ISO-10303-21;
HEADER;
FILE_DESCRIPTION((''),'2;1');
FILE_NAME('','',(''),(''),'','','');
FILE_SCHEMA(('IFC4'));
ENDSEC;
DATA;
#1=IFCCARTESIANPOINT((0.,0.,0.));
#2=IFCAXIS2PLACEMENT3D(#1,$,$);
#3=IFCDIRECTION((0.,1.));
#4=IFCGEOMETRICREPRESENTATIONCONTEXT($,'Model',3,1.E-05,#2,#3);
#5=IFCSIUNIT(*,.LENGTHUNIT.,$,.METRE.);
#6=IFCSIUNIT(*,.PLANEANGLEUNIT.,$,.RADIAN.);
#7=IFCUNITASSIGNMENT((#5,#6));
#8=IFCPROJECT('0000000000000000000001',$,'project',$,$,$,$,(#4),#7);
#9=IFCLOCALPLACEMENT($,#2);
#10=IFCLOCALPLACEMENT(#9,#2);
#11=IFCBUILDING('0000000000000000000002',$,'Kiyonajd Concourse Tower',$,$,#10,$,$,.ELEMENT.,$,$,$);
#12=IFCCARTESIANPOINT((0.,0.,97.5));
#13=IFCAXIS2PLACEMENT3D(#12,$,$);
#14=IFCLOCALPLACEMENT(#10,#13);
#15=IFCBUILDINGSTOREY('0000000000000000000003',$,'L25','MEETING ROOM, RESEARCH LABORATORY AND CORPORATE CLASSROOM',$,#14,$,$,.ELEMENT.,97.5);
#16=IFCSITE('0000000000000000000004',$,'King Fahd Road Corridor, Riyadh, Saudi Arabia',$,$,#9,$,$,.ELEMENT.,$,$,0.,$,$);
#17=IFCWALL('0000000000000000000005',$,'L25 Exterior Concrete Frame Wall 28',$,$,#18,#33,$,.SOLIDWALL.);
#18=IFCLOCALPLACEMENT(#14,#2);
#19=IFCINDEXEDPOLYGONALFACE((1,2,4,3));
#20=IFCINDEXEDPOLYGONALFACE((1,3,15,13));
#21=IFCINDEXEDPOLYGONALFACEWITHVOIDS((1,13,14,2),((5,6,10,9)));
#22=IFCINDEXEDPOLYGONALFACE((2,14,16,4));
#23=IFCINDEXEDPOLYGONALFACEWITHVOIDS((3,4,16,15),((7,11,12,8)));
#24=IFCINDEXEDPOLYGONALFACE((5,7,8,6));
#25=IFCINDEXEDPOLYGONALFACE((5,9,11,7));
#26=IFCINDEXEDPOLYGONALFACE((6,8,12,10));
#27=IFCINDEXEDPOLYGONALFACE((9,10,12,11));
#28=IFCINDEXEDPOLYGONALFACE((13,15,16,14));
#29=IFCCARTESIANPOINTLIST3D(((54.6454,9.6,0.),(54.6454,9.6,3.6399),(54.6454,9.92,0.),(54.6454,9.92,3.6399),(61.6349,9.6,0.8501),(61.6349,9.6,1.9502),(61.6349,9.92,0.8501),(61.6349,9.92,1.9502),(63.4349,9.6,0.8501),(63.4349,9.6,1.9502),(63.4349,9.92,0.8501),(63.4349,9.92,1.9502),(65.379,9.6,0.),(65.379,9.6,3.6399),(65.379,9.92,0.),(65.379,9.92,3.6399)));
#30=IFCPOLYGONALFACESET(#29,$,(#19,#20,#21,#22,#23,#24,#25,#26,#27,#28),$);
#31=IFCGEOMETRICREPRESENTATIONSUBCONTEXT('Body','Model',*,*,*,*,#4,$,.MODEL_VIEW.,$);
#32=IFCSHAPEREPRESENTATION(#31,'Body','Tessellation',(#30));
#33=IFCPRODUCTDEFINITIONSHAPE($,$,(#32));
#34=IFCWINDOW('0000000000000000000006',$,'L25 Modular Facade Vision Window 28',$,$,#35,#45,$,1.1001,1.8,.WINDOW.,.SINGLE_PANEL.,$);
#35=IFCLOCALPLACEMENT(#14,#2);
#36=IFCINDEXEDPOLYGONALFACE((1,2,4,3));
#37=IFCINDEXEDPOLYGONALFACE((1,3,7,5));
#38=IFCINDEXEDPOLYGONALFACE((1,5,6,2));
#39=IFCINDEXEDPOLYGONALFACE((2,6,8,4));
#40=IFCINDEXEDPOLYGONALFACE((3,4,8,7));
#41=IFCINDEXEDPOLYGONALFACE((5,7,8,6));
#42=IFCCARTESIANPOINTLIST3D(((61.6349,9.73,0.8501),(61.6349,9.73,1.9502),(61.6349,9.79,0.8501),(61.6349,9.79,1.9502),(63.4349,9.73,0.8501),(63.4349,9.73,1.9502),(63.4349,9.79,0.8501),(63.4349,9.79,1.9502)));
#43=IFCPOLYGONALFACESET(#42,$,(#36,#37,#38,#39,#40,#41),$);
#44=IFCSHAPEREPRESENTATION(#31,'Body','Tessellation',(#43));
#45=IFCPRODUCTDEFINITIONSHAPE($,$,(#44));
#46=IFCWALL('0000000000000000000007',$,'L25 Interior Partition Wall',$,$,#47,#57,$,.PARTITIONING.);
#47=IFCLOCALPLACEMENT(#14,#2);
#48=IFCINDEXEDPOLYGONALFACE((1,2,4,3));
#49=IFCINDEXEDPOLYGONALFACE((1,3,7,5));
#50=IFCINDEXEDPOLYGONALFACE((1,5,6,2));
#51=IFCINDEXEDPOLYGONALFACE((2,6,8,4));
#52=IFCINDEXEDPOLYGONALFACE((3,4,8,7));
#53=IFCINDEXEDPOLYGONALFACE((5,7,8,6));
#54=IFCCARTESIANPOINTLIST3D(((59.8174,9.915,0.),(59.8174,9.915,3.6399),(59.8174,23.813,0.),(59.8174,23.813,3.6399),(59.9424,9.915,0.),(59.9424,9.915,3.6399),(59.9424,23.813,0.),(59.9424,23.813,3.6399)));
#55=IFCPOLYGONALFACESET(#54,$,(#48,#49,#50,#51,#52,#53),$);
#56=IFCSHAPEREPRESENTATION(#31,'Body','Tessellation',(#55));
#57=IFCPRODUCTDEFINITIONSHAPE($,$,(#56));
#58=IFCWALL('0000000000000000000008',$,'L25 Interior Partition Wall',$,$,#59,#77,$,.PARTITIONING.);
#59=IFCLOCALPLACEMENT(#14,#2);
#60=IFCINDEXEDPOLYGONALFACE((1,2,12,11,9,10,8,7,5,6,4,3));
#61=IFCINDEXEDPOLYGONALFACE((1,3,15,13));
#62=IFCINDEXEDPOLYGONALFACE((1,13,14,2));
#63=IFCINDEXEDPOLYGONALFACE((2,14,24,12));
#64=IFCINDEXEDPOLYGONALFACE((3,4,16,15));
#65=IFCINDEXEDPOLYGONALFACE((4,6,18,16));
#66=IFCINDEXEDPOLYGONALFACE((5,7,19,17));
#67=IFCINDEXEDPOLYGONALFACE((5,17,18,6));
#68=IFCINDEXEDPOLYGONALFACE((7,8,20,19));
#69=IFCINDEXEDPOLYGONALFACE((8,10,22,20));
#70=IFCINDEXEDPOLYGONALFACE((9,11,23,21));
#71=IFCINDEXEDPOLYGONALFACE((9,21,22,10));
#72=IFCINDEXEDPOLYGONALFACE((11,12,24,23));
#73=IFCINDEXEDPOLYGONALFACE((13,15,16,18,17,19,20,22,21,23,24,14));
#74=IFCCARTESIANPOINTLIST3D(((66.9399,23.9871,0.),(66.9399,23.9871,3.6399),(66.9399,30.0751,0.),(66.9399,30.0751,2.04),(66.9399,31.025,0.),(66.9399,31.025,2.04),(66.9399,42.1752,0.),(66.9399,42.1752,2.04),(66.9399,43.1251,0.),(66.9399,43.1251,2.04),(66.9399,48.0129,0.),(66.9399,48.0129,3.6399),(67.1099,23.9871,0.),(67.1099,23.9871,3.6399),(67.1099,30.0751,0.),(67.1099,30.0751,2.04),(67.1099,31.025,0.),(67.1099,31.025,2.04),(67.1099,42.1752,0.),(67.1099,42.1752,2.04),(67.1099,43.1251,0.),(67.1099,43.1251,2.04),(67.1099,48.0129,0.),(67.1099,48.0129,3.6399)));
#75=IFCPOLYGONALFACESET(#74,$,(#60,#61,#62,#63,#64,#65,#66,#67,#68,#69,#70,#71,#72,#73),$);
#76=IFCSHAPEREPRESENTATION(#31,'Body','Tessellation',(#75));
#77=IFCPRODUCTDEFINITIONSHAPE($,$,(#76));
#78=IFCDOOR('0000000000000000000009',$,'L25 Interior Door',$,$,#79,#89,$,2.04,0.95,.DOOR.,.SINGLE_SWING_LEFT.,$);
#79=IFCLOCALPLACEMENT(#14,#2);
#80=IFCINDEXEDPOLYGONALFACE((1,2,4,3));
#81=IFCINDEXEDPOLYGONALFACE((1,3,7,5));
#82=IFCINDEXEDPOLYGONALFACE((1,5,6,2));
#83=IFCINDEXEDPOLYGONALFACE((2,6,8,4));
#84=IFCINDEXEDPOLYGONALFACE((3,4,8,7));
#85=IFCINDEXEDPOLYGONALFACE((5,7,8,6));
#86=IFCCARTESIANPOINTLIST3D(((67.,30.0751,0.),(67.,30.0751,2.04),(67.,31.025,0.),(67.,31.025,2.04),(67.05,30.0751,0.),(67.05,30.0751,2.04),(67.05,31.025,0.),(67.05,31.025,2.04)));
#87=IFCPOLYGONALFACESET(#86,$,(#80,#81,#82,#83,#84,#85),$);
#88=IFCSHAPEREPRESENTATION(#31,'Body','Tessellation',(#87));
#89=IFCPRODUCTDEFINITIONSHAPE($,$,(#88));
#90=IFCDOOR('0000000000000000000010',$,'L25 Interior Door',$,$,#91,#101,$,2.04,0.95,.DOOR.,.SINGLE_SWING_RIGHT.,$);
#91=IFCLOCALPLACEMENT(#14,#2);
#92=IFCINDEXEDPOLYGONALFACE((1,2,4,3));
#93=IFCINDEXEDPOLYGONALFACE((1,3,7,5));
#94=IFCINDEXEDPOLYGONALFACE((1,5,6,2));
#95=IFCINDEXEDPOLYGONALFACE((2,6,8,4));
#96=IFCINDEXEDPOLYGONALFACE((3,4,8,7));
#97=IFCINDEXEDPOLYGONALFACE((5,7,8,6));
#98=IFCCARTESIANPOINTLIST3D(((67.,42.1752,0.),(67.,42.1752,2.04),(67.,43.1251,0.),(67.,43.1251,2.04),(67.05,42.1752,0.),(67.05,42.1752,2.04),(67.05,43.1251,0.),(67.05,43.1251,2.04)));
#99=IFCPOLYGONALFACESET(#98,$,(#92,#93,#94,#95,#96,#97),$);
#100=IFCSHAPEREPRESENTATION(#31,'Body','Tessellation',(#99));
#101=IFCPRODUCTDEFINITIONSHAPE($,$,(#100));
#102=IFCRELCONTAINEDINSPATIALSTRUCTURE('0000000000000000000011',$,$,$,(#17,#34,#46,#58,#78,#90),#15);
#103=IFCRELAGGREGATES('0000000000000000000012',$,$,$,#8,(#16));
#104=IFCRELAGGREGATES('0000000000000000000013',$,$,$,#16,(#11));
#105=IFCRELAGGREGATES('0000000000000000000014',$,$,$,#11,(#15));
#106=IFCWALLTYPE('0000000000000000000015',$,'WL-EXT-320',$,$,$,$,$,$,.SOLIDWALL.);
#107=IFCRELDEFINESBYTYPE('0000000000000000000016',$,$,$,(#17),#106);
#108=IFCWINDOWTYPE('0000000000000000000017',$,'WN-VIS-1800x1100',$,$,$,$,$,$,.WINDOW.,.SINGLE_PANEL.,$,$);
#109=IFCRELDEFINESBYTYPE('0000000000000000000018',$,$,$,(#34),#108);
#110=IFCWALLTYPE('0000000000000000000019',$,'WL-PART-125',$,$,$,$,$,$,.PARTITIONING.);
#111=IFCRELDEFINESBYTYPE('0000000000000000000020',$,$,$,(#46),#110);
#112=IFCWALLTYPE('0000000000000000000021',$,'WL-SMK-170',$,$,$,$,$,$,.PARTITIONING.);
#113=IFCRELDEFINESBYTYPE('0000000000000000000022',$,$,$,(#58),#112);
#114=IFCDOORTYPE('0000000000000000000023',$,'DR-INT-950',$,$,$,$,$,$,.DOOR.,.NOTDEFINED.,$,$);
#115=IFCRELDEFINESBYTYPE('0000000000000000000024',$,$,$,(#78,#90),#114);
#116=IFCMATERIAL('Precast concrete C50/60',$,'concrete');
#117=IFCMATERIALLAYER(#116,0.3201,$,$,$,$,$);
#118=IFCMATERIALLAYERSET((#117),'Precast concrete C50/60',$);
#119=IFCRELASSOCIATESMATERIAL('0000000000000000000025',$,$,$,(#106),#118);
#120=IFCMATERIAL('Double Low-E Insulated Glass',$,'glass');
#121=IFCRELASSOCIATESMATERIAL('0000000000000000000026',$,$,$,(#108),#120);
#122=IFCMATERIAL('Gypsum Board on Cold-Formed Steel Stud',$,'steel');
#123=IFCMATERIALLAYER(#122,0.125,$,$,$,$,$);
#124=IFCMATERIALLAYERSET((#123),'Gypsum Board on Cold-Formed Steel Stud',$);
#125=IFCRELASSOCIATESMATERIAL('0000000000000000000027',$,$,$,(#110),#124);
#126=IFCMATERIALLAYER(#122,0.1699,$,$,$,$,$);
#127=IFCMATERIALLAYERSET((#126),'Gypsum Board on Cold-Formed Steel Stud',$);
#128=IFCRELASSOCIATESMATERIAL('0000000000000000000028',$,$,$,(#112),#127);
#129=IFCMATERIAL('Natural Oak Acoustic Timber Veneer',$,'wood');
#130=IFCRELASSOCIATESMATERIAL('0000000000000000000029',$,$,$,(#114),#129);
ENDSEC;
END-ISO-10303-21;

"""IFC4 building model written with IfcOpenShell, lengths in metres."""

from ifc_helpers import new_model, si_unit, direction, frame, frame_2d, origin, place, context, subcontext, project, spatial, rectangle, extrude, material, layer, layer_set, type_object, element, fill, save


model = new_model("IFC4")

# Units and contexts
model_context = context("Model", 3, precision=1e-05, world=origin(), true_north=direction((0.0, 1.0)))
body_context = subcontext(model_context, "Body", "Model", "MODEL_VIEW")
ifc_project = project(units=[si_unit("LENGTHUNIT", "METRE"), si_unit("PLANEANGLEUNIT", "RADIAN")], contexts=[model_context])

# Site, building, storey
site_placement = place(None, origin())
site = spatial("IfcSite", under=ifc_project, at=site_placement, Name="King Fahd Road Corridor, Riyadh, Saudi Arabia", CompositionType="ELEMENT", RefElevation=0.0)
building_placement = place(site_placement, origin())
building = spatial("IfcBuilding", under=site, at=building_placement, Name="Kiyonajd Concourse Tower", CompositionType="ELEMENT")
storey_placement = place(building_placement, frame((0.0, 0.0, 97.5)))
storey = spatial("IfcBuildingStorey", under=building, at=storey_placement, Name="L25", Description="MEETING ROOM, RESEARCH LABORATORY AND CORPORATE CLASSROOM", CompositionType="ELEMENT", Elevation=97.5)

# Shared definitions
ifc_material_1 = material(Name="Precast concrete C50/60", Category="concrete")

# Shared definitions
ifc_material_2 = material(Name="Double Low-E Insulated Glass", Category="glass")

# Shared definitions
ifc_layer_1 = layer(ifc_material_1, 0.3201)
ifc_layer_set_1 = layer_set([ifc_layer_1], Name="Precast concrete C50/60")
wall_type_1 = type_object("IfcWallType", Name="WL-EXT-320", PredefinedType="SOLIDWALL", material=ifc_layer_set_1)

# Wall, opening, window
wall_1_placement = place(storey_placement, frame((65.3789, 9.76, 0.0), z_axis=(0.0, 0.0, 1.0), x_axis=(-1.0, 0.0, 0.0)))
wall_1 = element("IfcWall", 1, at=wall_1_placement, inside=storey, type_object=wall_type_1, Name="L25 Exterior Concrete Frame Wall 28", PredefinedType="SOLIDWALL", context=body_context, shape_type="SweptSolid", body=[
    extrude(rectangle(XDim=10.7336, YDim=0.3201, at=frame_2d((5.3667, 0.0))), origin(), (0.0, 0.0, 1.0), 3.6399),
])
opening_1_placement = place(wall_1_placement, frame((1.9441, 0.0, 0.8501)))
opening_1 = element("IfcOpeningElement", 2, at=opening_1_placement, cuts=wall_1, PredefinedType="OPENING", context=body_context, shape_type="SweptSolid", body=[
    extrude(rectangle(XDim=1.8, YDim=1.1001, at=frame_2d((0.8999, 0.55))), frame((0.0, 0.1699, 0.0), z_axis=(0.0, -1.0, 0.0), x_axis=(1.0, 0.0, 0.0)), (0.0, 0.0, 1.0), 0.3401),
])
window_type = type_object("IfcWindowType", Name="WN-VIS-1800x1100", PartitioningType="SINGLE_PANEL", PredefinedType="WINDOW", material=ifc_material_2)
window_placement = place(opening_1_placement, origin())
window = element("IfcWindow", 3, at=window_placement, inside=storey, type_object=window_type, Name="L25 Modular Facade Vision Window 28", OverallHeight=1.1001, OverallWidth=1.8, PartitioningType="SINGLE_PANEL", PredefinedType="WINDOW", context=body_context, shape_type="SweptSolid", body=[
    extrude(rectangle(XDim=1.8, YDim=1.1001, at=frame_2d((0.8999, 0.55))), frame((0.0, 0.03, 0.0), z_axis=(0.0, -1.0, 0.0), x_axis=(1.0, 0.0, 0.0)), (0.0, 0.0, 1.0), 0.0601),
])
fill(opening_1, window)

# Wall
ifc_material_3 = material(Name="Gypsum Board on Cold-Formed Steel Stud", Category="steel")
ifc_layer_2 = layer(ifc_material_3, 0.125)
ifc_layer_set_2 = layer_set([ifc_layer_2], Name="Gypsum Board on Cold-Formed Steel Stud")
wall_type_2 = type_object("IfcWallType", Name="WL-PART-125", PredefinedType="PARTITIONING", material=ifc_layer_set_2)
wall_2_placement = place(storey_placement, frame((59.8799, 9.915, 0.0), z_axis=(0.0, 0.0, 1.0), x_axis=(0.0, 1.0, 0.0)))
element("IfcWall", 4, at=wall_2_placement, inside=storey, type_object=wall_type_2, Name="L25 Interior Partition Wall", PredefinedType="PARTITIONING", context=body_context, shape_type="SweptSolid", body=[
    extrude(rectangle(XDim=13.8979, YDim=0.125, at=frame_2d((6.949, 0.0))), origin(), (0.0, 0.0, 1.0), 3.6399),
])

# Wall, openings, doors
ifc_layer_3 = layer(ifc_material_3, 0.1699)
ifc_layer_set_3 = layer_set([ifc_layer_3], Name="Gypsum Board on Cold-Formed Steel Stud")
wall_type_3 = type_object("IfcWallType", Name="WL-SMK-170", PredefinedType="PARTITIONING", material=ifc_layer_set_3)
wall_3_placement = place(storey_placement, frame((67.0249, 23.9871, 0.0), z_axis=(0.0, 0.0, 1.0), x_axis=(0.0, 1.0, 0.0)))
wall_3 = element("IfcWall", 5, at=wall_3_placement, inside=storey, type_object=wall_type_3, Name="L25 Interior Partition Wall", PredefinedType="PARTITIONING", context=body_context, shape_type="SweptSolid", body=[
    extrude(rectangle(XDim=24.0259, YDim=0.1699, at=frame_2d((12.0129, 0.0))), origin(), (0.0, 0.0, 1.0), 3.6399),
])
opening_2_placement = place(wall_3_placement, frame((6.0879, 0.0, 0.0)))
opening_2 = element("IfcOpeningElement", 6, at=opening_2_placement, cuts=wall_3, PredefinedType="OPENING", context=body_context, shape_type="SweptSolid", body=[
    extrude(rectangle(XDim=0.95, YDim=2.04, at=frame_2d((0.4751, 1.02))), frame((0.0, 0.095, 0.0), z_axis=(0.0, -1.0, 0.0), x_axis=(1.0, 0.0, 0.0)), (0.0, 0.0, 1.0), 0.1899),
])
opening_3_placement = place(wall_3_placement, frame((18.188, 0.0, 0.0)))
opening_3 = element("IfcOpeningElement", 7, at=opening_3_placement, cuts=wall_3, PredefinedType="OPENING", context=body_context, shape_type="SweptSolid", body=[
    extrude(rectangle(XDim=0.95, YDim=2.04, at=frame_2d((0.4751, 1.02))), frame((0.0, 0.095, 0.0), z_axis=(0.0, -1.0, 0.0), x_axis=(1.0, 0.0, 0.0)), (0.0, 0.0, 1.0), 0.1899),
])
ifc_material_4 = material(Name="Natural Oak Acoustic Timber Veneer", Category="wood")
door_type = type_object("IfcDoorType", Name="DR-INT-950", OperationType="NOTDEFINED", PredefinedType="DOOR", material=ifc_material_4)
door_1_placement = place(opening_2_placement, origin())
door_1 = element("IfcDoor", 8, at=door_1_placement, inside=storey, type_object=door_type, Name="L25 Interior Door", OperationType="SINGLE_SWING_LEFT", OverallHeight=2.04, OverallWidth=0.95, PredefinedType="DOOR", context=body_context, shape_type="SweptSolid", body=[
    extrude(rectangle(XDim=0.95, YDim=2.04, at=frame_2d((0.4751, 1.02))), frame((0.0, 0.0249, 0.0), z_axis=(0.0, -1.0, 0.0), x_axis=(1.0, 0.0, 0.0)), (0.0, 0.0, 1.0), 0.05),
])
fill(opening_2, door_1)
door_2_placement = place(opening_3_placement, origin())
door_2 = element("IfcDoor", 9, at=door_2_placement, inside=storey, type_object=door_type, Name="L25 Interior Door", OperationType="SINGLE_SWING_RIGHT", OverallHeight=2.04, OverallWidth=0.95, PredefinedType="DOOR", context=body_context, shape_type="SweptSolid", body=[
    extrude(rectangle(XDim=0.95, YDim=2.04, at=frame_2d((0.4751, 1.02))), frame((0.0, 0.0249, 0.0), z_axis=(0.0, -1.0, 0.0), x_axis=(1.0, 0.0, 0.0)), (0.0, 0.0, 1.0), 0.05),
])
fill(opening_3, door_2)

save(model, "model.ifc")
